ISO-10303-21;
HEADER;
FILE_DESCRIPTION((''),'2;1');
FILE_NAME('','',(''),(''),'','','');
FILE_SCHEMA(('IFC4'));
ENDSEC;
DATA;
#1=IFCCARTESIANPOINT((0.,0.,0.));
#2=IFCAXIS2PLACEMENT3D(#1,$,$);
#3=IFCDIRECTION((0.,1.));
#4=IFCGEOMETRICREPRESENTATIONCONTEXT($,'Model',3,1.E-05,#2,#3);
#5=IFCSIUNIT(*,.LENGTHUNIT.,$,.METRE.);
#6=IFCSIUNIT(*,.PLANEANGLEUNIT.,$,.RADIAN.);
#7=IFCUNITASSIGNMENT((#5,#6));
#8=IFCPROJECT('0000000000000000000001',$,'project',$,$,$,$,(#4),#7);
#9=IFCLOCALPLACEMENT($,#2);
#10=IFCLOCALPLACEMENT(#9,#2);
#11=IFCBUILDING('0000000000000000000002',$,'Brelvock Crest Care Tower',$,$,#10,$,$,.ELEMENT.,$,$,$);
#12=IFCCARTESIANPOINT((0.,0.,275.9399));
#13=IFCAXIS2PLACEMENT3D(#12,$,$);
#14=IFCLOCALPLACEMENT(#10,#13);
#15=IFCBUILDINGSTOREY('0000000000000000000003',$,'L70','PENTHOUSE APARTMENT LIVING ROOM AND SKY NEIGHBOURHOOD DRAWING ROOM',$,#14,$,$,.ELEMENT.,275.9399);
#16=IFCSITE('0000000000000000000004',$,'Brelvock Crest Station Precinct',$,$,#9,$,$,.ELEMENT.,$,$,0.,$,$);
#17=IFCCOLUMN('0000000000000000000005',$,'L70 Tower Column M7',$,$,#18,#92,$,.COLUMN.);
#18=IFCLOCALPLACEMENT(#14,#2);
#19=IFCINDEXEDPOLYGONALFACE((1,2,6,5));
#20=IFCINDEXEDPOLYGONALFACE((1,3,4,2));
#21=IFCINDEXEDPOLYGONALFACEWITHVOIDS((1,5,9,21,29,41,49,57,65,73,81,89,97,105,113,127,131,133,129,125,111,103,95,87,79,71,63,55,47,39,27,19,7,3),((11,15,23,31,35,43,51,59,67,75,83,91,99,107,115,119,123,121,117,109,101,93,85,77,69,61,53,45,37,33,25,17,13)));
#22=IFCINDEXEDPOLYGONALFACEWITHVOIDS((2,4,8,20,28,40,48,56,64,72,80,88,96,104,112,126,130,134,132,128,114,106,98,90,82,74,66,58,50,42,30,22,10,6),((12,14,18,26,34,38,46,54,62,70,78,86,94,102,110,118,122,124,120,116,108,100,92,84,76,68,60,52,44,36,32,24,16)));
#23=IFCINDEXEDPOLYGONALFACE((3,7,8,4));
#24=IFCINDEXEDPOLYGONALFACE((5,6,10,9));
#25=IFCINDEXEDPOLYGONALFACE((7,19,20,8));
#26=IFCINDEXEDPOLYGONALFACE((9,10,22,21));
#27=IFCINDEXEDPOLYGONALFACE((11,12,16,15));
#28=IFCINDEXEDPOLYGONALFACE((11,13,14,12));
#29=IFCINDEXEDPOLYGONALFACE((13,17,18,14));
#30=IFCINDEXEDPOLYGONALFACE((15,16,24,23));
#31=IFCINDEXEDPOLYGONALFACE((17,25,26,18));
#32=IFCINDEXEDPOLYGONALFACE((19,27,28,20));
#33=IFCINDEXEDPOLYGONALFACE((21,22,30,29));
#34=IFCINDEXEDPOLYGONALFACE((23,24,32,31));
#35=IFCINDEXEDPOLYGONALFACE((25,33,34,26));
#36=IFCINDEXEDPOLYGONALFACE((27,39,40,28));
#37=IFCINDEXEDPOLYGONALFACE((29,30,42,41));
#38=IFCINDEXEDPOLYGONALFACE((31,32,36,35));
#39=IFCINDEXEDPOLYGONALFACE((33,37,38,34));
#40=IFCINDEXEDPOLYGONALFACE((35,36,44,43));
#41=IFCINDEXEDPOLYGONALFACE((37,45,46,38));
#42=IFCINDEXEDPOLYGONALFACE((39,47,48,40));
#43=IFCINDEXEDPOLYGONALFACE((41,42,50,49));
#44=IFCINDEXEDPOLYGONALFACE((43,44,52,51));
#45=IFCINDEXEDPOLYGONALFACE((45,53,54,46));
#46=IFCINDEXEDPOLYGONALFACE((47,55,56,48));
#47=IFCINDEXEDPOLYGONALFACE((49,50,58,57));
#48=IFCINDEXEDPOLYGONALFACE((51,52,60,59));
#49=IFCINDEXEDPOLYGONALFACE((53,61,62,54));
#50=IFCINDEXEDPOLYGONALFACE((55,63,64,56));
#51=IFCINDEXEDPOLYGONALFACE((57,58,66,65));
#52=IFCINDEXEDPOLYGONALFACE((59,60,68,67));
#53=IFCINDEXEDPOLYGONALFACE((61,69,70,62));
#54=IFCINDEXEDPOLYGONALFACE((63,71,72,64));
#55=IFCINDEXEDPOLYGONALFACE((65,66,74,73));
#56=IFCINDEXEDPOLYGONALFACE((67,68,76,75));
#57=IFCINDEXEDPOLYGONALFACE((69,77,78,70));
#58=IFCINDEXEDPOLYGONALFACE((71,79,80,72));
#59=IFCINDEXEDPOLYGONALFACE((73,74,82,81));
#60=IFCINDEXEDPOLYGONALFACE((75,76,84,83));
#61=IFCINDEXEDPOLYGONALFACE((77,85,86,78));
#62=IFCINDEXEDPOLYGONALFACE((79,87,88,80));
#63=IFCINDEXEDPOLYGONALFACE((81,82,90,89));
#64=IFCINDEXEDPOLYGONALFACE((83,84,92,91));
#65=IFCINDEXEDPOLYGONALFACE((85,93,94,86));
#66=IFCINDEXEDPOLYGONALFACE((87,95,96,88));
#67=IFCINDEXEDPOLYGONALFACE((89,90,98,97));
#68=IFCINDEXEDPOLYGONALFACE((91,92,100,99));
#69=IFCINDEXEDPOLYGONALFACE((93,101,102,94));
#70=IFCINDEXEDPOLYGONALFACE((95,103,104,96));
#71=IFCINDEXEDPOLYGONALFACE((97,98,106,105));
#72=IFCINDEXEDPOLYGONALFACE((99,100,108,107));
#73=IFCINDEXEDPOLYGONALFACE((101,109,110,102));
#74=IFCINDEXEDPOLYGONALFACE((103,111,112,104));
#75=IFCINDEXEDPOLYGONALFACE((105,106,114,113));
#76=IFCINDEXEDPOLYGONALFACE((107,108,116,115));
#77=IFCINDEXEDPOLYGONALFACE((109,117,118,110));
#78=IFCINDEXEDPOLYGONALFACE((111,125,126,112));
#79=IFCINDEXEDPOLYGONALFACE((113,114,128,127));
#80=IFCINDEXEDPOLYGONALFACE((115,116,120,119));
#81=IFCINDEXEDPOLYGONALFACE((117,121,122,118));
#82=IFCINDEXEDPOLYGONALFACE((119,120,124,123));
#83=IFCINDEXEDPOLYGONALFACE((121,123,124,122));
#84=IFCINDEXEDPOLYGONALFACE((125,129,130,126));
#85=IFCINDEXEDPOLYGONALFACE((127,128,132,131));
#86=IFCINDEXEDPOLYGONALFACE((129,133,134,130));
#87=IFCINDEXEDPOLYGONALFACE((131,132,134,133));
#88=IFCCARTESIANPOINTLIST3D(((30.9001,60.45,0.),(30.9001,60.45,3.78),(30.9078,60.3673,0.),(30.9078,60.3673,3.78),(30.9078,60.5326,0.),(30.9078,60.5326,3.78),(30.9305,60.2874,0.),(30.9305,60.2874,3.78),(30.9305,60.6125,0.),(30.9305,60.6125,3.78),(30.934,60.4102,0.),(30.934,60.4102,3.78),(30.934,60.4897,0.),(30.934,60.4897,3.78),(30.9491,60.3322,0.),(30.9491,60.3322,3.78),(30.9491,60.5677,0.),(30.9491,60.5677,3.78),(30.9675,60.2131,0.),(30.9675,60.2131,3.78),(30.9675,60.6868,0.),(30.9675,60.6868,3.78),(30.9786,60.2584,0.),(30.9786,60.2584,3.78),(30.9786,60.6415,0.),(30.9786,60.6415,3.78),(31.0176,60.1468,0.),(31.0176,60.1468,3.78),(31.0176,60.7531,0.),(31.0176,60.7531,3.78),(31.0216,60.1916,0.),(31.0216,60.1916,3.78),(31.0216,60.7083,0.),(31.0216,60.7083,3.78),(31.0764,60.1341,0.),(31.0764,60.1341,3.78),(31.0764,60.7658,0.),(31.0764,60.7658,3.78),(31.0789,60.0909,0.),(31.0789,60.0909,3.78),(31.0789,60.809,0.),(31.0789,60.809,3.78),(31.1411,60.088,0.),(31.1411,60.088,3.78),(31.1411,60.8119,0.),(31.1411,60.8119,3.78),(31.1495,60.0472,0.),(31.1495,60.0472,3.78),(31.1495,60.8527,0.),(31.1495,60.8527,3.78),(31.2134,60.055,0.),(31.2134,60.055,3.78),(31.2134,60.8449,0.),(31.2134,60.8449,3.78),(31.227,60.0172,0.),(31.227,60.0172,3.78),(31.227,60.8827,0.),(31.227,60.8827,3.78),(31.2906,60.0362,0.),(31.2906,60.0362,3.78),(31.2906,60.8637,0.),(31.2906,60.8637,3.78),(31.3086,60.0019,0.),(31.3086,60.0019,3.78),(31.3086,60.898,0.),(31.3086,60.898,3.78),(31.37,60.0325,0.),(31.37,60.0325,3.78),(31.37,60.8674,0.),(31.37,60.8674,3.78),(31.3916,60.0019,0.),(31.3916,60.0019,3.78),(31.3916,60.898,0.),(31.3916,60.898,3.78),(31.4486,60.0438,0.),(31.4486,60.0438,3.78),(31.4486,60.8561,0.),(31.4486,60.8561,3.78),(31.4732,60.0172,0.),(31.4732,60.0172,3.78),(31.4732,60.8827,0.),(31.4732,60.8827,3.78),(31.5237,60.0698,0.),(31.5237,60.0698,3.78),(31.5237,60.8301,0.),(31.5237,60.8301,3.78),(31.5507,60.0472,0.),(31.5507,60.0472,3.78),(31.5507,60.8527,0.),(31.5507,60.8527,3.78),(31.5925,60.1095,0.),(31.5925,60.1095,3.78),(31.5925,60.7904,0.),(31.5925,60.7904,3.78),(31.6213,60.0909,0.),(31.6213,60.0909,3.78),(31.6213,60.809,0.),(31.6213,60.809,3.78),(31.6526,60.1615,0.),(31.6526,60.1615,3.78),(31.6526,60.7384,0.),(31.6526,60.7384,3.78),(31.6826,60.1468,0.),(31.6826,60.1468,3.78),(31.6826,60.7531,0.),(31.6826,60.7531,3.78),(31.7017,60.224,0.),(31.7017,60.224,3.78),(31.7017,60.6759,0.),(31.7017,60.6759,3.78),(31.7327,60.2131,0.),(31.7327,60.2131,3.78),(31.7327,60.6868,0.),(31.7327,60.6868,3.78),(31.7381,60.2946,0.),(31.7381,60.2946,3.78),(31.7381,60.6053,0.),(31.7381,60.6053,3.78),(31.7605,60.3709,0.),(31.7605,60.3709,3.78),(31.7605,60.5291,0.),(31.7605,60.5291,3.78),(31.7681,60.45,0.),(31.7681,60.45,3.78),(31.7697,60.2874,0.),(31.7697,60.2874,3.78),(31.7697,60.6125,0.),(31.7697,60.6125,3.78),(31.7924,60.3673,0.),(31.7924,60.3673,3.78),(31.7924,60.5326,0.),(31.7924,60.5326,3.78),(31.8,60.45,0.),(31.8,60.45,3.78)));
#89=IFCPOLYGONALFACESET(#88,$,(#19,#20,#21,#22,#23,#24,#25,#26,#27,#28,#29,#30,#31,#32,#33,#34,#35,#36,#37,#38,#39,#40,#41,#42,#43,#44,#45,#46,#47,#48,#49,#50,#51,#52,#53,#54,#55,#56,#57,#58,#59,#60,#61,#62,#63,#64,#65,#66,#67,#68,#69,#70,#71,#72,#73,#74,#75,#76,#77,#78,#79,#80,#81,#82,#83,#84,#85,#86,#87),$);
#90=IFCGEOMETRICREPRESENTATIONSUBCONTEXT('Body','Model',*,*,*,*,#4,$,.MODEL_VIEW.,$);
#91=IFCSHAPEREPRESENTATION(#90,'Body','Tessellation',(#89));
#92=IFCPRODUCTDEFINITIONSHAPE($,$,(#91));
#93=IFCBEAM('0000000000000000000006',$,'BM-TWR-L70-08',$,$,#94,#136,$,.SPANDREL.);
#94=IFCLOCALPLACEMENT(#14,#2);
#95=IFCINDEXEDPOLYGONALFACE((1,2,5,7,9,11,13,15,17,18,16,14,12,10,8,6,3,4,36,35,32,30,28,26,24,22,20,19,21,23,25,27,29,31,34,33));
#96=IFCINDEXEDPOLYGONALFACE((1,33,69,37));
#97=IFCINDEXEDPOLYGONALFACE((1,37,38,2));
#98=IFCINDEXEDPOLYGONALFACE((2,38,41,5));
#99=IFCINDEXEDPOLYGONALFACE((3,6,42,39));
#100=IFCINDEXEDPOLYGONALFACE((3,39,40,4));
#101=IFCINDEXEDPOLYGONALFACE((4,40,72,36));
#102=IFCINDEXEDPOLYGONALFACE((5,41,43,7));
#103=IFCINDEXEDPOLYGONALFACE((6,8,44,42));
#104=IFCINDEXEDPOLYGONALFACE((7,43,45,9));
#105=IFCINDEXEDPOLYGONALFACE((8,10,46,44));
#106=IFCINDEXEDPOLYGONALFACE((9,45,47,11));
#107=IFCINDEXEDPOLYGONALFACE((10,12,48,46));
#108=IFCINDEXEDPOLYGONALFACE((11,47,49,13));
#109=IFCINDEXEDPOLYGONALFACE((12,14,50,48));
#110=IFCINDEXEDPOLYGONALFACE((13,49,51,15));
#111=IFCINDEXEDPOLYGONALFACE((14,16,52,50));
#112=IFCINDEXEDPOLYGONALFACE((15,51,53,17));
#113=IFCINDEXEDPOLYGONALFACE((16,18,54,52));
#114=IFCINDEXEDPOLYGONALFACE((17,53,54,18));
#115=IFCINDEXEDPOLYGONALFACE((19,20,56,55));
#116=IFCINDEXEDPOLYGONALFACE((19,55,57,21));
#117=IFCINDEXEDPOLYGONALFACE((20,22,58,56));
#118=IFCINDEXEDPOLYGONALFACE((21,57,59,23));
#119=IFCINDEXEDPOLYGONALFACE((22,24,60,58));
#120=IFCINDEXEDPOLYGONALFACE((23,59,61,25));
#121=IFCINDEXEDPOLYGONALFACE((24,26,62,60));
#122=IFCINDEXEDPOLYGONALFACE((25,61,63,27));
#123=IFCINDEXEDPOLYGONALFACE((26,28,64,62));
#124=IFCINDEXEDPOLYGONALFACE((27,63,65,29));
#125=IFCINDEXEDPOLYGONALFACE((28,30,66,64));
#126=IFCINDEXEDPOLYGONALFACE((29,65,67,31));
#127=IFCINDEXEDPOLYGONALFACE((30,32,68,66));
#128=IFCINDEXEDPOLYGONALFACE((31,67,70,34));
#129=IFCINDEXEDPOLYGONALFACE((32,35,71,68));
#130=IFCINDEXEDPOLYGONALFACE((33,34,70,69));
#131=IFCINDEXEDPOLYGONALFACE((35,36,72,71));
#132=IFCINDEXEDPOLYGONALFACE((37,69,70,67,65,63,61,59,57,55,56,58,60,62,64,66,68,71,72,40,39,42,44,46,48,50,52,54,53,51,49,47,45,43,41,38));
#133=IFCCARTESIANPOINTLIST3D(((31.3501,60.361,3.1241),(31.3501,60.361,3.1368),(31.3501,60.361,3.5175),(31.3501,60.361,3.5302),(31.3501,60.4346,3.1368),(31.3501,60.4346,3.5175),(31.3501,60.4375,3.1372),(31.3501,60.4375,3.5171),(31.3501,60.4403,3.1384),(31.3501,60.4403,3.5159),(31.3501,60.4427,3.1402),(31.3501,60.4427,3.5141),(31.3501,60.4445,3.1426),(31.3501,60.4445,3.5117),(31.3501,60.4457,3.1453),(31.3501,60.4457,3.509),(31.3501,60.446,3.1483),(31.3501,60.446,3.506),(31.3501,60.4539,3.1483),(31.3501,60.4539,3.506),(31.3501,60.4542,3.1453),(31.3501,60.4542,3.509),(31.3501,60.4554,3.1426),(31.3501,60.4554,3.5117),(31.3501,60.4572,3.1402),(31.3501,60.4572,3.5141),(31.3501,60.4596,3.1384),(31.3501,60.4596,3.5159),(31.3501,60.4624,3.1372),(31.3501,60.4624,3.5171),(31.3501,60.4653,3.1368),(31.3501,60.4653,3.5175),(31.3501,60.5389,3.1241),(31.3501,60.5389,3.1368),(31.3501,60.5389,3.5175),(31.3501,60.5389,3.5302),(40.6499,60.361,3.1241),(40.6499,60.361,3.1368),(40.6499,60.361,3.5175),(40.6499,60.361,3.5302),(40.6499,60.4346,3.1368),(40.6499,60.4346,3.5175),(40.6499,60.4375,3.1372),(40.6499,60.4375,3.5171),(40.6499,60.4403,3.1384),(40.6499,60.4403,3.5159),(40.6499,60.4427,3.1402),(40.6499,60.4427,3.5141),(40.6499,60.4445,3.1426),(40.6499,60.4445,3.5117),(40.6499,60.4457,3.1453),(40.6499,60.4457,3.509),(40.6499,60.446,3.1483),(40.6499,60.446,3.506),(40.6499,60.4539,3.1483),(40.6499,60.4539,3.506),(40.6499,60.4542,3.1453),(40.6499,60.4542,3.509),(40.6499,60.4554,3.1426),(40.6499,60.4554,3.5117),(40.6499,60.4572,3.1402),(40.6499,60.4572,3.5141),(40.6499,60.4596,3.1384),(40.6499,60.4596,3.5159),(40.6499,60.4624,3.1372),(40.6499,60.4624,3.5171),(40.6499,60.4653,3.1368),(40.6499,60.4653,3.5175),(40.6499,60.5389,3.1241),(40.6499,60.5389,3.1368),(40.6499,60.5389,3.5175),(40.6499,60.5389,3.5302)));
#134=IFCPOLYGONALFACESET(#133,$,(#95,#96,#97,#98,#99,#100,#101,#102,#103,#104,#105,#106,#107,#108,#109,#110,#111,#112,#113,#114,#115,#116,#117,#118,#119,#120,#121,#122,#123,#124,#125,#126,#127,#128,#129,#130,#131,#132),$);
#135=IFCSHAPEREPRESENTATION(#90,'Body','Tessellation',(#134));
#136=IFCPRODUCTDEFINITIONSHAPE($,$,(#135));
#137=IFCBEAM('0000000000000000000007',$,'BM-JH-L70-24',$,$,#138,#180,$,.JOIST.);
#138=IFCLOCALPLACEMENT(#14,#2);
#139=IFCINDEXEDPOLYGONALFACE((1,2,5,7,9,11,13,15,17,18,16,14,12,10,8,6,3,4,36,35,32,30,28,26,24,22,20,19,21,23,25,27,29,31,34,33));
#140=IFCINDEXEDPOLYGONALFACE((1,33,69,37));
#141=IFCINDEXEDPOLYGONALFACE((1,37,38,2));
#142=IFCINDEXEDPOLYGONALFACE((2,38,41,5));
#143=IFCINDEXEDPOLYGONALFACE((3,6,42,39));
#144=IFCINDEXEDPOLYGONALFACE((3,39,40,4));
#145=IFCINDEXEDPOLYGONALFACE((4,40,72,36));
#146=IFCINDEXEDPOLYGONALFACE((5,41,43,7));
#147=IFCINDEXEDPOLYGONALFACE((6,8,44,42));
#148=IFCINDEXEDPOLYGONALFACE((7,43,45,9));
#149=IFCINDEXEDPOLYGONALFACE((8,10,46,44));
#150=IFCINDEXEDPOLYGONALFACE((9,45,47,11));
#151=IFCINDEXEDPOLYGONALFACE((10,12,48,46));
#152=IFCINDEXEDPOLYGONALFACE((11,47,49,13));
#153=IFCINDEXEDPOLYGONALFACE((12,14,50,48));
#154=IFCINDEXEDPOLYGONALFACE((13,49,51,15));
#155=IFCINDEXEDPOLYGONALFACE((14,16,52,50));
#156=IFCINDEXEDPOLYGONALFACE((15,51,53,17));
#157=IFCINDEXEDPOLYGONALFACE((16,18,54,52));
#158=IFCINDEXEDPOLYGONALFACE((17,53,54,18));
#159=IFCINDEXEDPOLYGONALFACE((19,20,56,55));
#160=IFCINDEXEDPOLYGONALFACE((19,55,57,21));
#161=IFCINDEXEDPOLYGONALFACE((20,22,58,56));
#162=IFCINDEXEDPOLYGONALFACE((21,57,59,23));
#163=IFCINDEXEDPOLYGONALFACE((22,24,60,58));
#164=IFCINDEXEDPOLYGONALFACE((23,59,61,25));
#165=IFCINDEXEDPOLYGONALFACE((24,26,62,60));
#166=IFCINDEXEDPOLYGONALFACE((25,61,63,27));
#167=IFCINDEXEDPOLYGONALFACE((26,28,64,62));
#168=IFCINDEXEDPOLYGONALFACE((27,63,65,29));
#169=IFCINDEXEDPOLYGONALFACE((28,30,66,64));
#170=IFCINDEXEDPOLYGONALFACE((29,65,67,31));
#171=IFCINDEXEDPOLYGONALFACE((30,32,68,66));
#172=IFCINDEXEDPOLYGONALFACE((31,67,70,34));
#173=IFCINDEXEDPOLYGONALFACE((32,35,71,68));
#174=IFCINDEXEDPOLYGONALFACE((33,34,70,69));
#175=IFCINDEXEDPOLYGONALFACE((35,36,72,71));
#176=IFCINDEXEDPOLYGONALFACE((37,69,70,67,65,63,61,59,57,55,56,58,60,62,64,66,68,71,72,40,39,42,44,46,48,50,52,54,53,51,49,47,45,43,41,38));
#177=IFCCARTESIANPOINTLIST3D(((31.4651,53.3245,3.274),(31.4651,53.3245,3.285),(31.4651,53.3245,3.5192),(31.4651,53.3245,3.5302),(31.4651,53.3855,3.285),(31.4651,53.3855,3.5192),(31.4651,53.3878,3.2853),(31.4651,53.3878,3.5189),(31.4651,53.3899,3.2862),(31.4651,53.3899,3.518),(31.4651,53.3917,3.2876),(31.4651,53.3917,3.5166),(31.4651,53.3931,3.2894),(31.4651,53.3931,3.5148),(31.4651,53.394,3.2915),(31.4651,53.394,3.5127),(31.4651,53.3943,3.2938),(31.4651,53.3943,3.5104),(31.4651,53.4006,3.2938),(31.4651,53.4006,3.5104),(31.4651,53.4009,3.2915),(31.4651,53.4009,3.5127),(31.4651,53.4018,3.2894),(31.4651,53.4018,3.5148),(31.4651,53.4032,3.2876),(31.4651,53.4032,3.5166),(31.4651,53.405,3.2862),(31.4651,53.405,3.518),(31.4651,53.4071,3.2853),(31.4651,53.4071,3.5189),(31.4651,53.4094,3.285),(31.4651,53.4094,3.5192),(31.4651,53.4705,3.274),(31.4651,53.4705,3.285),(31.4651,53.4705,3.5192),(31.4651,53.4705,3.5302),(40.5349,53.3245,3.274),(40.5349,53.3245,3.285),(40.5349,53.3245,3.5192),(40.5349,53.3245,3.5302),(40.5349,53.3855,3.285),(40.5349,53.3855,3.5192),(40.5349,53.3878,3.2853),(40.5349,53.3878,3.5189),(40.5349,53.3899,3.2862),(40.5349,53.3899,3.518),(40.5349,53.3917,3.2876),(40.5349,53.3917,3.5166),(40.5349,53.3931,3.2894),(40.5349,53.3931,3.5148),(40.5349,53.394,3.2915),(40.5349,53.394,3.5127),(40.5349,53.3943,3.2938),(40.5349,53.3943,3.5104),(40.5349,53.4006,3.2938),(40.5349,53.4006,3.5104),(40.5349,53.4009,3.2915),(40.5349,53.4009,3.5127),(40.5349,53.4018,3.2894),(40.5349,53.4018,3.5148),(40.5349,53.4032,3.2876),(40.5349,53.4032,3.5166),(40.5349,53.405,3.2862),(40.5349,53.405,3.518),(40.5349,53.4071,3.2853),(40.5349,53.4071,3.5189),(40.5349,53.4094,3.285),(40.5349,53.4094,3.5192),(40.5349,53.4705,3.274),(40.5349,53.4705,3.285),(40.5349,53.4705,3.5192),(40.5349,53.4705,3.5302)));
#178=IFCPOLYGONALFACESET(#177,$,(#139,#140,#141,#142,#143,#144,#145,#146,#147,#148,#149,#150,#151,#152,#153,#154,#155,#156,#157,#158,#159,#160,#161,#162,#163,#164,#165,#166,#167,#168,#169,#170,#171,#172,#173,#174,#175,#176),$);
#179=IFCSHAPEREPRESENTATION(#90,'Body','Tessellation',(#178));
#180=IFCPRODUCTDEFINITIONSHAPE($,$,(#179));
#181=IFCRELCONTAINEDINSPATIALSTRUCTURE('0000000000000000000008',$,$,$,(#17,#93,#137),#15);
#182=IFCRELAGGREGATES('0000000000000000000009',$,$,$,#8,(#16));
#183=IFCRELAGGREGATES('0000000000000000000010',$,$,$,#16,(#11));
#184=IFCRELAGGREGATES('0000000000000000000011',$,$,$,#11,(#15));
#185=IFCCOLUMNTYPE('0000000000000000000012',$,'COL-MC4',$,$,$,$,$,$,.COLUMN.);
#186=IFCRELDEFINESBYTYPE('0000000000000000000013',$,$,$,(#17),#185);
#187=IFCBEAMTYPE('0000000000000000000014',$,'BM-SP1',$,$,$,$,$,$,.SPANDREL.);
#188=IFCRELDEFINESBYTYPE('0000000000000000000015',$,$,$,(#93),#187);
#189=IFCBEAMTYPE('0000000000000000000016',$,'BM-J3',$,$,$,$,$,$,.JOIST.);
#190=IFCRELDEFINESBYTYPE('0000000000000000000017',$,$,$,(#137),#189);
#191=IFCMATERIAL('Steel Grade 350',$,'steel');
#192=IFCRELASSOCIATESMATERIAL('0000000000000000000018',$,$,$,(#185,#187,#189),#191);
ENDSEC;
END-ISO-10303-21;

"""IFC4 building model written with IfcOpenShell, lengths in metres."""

from ifc_helpers import new_model, si_unit, direction, frame, origin, origin_2d, place, context, subcontext, project, spatial, hollow_circle, i_section, extrude, source, transform, mapped, material, material_profile, profile_set, type_object, element, save


model = new_model("IFC4")

# Units and contexts
model_context = context("Model", 3, precision=1e-05, world=origin(), true_north=direction((0.0, 1.0)))
body_context = subcontext(model_context, "Body", "Model", "MODEL_VIEW")
ifc_project = project(units=[si_unit("LENGTHUNIT", "METRE"), si_unit("PLANEANGLEUNIT", "RADIAN")], contexts=[model_context])

# Site, building, storey
site_placement = place(None, origin())
site = spatial("IfcSite", under=ifc_project, at=site_placement, Name="Brelvock Crest Station Precinct", CompositionType="ELEMENT", RefElevation=0.0)
building_placement = place(site_placement, origin())
building = spatial("IfcBuilding", under=site, at=building_placement, Name="Brelvock Crest Care Tower", CompositionType="ELEMENT")
storey_placement = place(building_placement, frame((0.0, 0.0, 275.9399)))
storey = spatial("IfcBuildingStorey", under=building, at=storey_placement, Name="L70", Description="PENTHOUSE APARTMENT LIVING ROOM AND SKY NEIGHBOURHOOD DRAWING ROOM", CompositionType="ELEMENT", Elevation=275.9399)

# Column
ifc_material_1 = material(Name="Steel Grade 350", Category="steel")
ifc_material_profile_1 = material_profile(ifc_material_1, hollow_circle(Radius=0.45, WallThickness=0.032, at=origin_2d()), Name="CFT900x32")
ifc_profile_set_1 = profile_set([ifc_material_profile_1], Name="Steel Grade 350")
column_type = type_object("IfcColumnType", Name="COL-MC4", PredefinedType="COLUMN", material=ifc_profile_set_1)
shared_shape_1 = source(origin(), body_context, "Body", "SweptSolid", [
    extrude(hollow_circle(Radius=0.45, WallThickness=0.032, at=origin_2d()), origin(), (0.0, 0.0, 1.0), 3.78),
])
column_placement = place(storey_placement, frame((31.3501, 60.45, 0.0), z_axis=(0.0, 0.0, 1.0), x_axis=(1.0, 0.0, 0.0)))
element("IfcColumn", 1, at=column_placement, inside=storey, type_object=column_type, Name="L70 Tower Column M7", PredefinedType="COLUMN", context=body_context, shape_type="MappedRepresentation", body=[
    mapped(shared_shape_1, transform((0.0, 0.0, 0.0), x_axis=(1.0, 0.0, 0.0), y_axis=(0.0, 1.0, 0.0), z_axis=(0.0, 0.0, 1.0), scale=1.0)),
])

# Beams
ifc_material_profile_2 = material_profile(ifc_material_1, i_section(OverallWidth=0.178, OverallDepth=0.406, WebThickness=0.0078, FlangeThickness=0.0127, FilletRadius=0.0115, at=origin_2d()), Name="410UB59.7")
ifc_profile_set_2 = profile_set([ifc_material_profile_2], Name="Steel Grade 350")
beam_type_1 = type_object("IfcBeamType", Name="BM-SP1", PredefinedType="SPANDREL", material=ifc_profile_set_2)
shared_shape_2 = source(origin(), body_context, "Body", "SweptSolid", [
    extrude(i_section(OverallWidth=0.178, OverallDepth=0.406, WebThickness=0.0078, FlangeThickness=0.0127, FilletRadius=0.0115, at=origin_2d()), origin(), (0.0, 0.0, 1.0), 9.2998),
])
beam_placement = place(storey_placement, frame((31.3501, 60.45, 3.3271), z_axis=(1.0, 0.0, 0.0), x_axis=(0.0, 1.0, 0.0)))
element("IfcBeam", 2, at=beam_placement, inside=storey, type_object=beam_type_1, Name="BM-TWR-L70-08", PredefinedType="SPANDREL", context=body_context, shape_type="MappedRepresentation", body=[
    mapped(shared_shape_2, transform((0.0, 0.0, 0.0), x_axis=(1.0, 0.0, 0.0), y_axis=(0.0, 1.0, 0.0), z_axis=(0.0, 0.0, 1.0), scale=1.0)),
])
ifc_material_profile_3 = material_profile(ifc_material_1, i_section(OverallWidth=0.146, OverallDepth=0.2561, WebThickness=0.0063, FlangeThickness=0.011, FilletRadius=0.0088, at=origin_2d()), Name="250UB37.3")
ifc_profile_set_3 = profile_set([ifc_material_profile_3], Name="Steel Grade 350")
beam_type_2 = type_object("IfcBeamType", Name="BM-J3", PredefinedType="JOIST", material=ifc_profile_set_3)
shared_shape_3 = source(origin(), body_context, "Body", "SweptSolid", [
    extrude(i_section(OverallWidth=0.146, OverallDepth=0.2561, WebThickness=0.0063, FlangeThickness=0.011, FilletRadius=0.0088, at=origin_2d()), origin(), (0.0, 0.0, 1.0), 9.0698),
])
for number, where, z_axis, x_axis, name in (
    (3, (31.4651, 53.3975, 3.4021), (1.0, 0.0, 0.0), (0.0, 1.0, 0.0), "BM-JH-L70-24"),
):
    element("IfcBeam", number, at=place(storey_placement, frame(where, z_axis=z_axis, x_axis=x_axis)), inside=storey, type_object=beam_type_2, Name=name, PredefinedType="JOIST", context=body_context, shape_type="MappedRepresentation", body=[
        mapped(shared_shape_3, transform((0.0, 0.0, 0.0), x_axis=(1.0, 0.0, 0.0), y_axis=(0.0, 1.0, 0.0), z_axis=(0.0, 0.0, 1.0), scale=1.0)),
    ])

save(model, "model.ifc")
